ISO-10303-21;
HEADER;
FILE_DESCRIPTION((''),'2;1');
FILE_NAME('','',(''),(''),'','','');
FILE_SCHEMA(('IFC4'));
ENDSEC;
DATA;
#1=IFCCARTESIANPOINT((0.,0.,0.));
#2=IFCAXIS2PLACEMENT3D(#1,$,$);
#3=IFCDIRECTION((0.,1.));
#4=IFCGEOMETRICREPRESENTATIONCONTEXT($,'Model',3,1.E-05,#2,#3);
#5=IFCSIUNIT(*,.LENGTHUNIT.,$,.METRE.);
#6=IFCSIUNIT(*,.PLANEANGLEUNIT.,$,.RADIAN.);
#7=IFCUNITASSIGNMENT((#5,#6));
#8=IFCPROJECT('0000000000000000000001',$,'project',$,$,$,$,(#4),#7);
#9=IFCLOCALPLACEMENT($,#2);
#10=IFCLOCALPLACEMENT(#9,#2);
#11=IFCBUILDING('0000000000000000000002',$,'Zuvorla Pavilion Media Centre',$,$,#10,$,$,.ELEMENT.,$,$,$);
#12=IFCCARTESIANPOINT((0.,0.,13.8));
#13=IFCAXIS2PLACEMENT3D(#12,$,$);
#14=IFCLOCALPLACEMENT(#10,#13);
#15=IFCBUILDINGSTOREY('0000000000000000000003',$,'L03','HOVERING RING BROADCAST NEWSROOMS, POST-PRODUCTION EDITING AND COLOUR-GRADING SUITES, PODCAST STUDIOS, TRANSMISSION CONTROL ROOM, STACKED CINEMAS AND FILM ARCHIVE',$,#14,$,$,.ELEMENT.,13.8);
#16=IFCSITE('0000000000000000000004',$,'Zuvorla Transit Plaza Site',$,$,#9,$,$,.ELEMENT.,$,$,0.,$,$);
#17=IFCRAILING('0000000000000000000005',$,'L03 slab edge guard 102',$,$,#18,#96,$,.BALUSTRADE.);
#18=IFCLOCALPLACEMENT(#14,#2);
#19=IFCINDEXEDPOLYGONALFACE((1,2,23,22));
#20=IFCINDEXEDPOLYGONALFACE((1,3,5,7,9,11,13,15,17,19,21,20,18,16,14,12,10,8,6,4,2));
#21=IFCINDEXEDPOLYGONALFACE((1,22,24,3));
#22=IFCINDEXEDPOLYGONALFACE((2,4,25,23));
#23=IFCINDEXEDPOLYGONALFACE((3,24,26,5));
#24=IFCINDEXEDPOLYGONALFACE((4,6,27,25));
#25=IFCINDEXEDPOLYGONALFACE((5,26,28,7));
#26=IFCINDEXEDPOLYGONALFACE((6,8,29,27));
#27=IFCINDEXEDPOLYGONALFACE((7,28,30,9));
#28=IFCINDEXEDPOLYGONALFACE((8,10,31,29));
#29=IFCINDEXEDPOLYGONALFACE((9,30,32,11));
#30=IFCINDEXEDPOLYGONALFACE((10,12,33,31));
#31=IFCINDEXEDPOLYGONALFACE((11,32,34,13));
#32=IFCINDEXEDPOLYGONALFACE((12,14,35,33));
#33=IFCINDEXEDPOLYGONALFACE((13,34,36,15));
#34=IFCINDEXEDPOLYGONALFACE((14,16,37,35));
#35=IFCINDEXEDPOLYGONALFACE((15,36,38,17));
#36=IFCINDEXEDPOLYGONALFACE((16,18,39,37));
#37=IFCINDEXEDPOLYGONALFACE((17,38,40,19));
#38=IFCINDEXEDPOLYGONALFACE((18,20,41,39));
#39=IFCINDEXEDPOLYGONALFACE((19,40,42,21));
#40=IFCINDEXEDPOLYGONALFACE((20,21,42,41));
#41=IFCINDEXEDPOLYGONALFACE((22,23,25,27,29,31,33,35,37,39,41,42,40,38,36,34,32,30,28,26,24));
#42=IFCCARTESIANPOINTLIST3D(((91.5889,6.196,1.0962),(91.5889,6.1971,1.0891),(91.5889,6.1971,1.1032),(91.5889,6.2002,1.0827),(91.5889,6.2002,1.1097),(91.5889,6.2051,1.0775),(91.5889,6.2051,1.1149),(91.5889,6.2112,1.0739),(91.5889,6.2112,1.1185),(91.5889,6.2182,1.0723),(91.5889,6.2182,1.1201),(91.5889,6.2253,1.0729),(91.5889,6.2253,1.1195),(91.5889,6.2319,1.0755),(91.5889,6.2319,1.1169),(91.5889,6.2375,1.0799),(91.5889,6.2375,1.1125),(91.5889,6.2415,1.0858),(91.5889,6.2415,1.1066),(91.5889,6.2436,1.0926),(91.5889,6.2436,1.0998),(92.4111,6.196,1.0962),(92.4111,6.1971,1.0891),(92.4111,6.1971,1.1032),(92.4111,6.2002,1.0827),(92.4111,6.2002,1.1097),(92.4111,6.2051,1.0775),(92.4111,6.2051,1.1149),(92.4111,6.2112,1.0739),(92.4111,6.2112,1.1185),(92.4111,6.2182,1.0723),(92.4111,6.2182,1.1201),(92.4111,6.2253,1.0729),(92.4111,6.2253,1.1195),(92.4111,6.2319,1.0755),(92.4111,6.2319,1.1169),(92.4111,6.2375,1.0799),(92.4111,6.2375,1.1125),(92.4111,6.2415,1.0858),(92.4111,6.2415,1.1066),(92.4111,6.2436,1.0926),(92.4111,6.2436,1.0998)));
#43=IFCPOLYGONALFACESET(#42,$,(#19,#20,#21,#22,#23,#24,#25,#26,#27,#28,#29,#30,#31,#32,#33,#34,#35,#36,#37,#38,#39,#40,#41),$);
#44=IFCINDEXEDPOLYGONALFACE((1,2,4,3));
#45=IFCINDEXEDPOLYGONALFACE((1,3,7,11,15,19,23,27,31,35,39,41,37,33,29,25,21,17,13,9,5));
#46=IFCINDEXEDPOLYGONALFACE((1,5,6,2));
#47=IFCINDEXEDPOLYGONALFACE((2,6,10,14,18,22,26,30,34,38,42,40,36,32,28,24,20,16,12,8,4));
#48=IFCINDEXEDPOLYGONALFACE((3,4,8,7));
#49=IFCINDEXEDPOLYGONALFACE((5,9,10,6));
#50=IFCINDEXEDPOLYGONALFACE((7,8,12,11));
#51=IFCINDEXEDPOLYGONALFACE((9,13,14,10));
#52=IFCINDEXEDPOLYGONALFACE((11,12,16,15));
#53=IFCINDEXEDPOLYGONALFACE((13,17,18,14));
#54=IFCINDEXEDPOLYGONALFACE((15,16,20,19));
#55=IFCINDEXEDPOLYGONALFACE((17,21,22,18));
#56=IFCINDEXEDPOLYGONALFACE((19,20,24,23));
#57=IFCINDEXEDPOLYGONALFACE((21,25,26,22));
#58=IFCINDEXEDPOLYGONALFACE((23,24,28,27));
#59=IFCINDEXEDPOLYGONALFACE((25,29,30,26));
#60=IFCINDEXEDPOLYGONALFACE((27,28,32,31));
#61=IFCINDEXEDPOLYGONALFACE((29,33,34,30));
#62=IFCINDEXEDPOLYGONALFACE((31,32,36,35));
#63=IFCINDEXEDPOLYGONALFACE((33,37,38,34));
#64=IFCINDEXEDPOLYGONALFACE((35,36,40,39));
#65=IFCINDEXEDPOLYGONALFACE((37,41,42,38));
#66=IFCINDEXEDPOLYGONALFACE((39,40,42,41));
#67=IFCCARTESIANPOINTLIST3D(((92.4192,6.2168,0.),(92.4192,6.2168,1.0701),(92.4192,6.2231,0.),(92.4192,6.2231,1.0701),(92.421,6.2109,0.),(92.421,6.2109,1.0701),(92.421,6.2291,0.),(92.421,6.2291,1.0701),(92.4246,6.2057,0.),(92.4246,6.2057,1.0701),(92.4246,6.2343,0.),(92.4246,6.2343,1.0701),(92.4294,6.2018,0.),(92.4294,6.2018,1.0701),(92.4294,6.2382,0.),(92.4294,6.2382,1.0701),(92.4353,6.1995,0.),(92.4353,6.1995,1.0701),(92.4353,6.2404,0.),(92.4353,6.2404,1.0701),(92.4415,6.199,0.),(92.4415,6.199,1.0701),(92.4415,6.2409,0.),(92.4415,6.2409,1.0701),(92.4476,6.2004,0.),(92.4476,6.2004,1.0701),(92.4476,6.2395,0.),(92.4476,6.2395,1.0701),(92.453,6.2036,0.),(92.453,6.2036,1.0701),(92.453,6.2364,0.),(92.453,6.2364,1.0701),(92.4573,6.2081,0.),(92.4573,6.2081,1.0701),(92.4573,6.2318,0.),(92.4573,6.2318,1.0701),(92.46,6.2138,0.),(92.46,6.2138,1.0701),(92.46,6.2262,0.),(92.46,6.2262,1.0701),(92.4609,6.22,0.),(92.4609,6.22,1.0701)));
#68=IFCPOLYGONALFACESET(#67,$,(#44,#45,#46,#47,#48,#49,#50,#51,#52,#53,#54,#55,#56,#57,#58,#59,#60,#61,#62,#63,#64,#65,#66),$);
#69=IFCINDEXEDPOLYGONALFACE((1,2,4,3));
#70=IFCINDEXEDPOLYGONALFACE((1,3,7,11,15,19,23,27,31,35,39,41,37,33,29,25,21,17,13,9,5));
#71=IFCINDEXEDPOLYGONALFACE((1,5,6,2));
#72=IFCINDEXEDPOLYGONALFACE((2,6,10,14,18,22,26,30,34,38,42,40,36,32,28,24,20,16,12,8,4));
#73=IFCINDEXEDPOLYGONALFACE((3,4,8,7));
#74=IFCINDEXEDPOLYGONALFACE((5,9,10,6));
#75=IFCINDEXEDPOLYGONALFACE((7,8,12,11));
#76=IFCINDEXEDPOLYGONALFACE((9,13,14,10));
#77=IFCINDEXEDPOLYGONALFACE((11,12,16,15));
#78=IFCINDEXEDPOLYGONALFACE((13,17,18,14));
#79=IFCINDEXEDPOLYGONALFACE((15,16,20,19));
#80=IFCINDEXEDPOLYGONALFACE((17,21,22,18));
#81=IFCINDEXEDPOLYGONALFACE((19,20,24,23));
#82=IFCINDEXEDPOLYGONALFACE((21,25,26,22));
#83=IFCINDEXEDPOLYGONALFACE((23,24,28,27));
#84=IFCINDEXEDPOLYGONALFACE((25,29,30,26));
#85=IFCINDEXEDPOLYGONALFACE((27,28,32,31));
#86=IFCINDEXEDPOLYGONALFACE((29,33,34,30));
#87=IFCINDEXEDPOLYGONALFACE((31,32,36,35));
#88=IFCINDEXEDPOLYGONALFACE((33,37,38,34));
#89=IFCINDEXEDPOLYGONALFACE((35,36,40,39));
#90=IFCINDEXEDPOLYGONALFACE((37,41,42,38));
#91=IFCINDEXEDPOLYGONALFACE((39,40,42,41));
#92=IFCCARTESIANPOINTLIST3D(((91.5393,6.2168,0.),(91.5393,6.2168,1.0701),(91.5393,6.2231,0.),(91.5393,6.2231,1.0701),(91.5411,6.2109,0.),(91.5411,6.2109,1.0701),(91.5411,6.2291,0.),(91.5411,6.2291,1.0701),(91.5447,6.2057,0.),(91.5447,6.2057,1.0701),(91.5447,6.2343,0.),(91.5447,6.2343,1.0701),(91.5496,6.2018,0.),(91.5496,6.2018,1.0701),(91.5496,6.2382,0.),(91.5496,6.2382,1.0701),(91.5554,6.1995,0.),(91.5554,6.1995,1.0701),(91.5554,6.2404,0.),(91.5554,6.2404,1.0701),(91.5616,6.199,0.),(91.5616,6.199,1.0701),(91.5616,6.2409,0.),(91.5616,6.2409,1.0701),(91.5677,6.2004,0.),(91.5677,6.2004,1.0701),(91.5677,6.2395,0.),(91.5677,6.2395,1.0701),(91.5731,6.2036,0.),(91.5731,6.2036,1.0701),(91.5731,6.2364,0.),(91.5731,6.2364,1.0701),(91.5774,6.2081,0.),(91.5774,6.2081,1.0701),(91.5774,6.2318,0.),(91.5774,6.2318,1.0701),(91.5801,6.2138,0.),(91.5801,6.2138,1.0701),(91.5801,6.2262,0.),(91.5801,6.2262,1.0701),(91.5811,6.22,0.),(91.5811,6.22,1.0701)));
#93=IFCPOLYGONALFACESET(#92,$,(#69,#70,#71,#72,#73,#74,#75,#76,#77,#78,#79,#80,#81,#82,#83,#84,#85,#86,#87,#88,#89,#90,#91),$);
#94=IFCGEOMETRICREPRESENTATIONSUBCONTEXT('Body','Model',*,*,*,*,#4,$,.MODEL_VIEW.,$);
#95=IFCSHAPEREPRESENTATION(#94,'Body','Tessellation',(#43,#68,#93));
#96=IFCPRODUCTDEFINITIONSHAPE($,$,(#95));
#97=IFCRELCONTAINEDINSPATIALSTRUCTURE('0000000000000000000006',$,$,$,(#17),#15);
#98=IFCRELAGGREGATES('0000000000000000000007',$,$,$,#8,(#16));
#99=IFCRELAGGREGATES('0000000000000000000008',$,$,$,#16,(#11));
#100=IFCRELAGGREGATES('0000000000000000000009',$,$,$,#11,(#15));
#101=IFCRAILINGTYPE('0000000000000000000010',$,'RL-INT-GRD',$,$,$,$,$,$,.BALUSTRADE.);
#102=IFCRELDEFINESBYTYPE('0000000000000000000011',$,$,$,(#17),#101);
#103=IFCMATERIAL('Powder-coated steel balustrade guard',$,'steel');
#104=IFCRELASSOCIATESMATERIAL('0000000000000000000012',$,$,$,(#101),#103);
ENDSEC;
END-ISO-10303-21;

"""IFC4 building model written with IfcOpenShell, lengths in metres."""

from ifc_helpers import new_model, si_unit, direction, frame, origin, origin_2d, place, context, subcontext, project, spatial, circle, extrude, material, type_object, element, save


model = new_model("IFC4")

# Units and contexts
model_context = context("Model", 3, precision=1e-05, world=origin(), true_north=direction((0.0, 1.0)))
body_context = subcontext(model_context, "Body", "Model", "MODEL_VIEW")
ifc_project = project(units=[si_unit("LENGTHUNIT", "METRE"), si_unit("PLANEANGLEUNIT", "RADIAN")], contexts=[model_context])

# Site, building, storey
site_placement = place(None, origin())
site = spatial("IfcSite", under=ifc_project, at=site_placement, Name="Zuvorla Transit Plaza Site", CompositionType="ELEMENT", RefElevation=0.0)
building_placement = place(site_placement, origin())
building = spatial("IfcBuilding", under=site, at=building_placement, Name="Zuvorla Pavilion Media Centre", CompositionType="ELEMENT")
storey_placement = place(building_placement, frame((0.0, 0.0, 13.8)))
storey = spatial("IfcBuildingStorey", under=building, at=storey_placement, Name="L03", Description="HOVERING RING BROADCAST NEWSROOMS, POST-PRODUCTION EDITING AND COLOUR-GRADING SUITES, PODCAST STUDIOS, TRANSMISSION CONTROL ROOM, STACKED CINEMAS AND FILM ARCHIVE", CompositionType="ELEMENT", Elevation=13.8)

# Railing
ifc_material_1 = material(Name="Powder-coated steel balustrade guard", Category="steel")
railing_type_1 = type_object("IfcRailingType", Name="RL-INT-GRD", PredefinedType="BALUSTRADE", material=ifc_material_1)
railing_1_placement = place(storey_placement, frame((92.4399, 6.22, 0.0)))
element("IfcRailing", 1, at=railing_1_placement, inside=storey, type_object=railing_type_1, Name="L03 slab edge guard 102", PredefinedType="BALUSTRADE", context=body_context, shape_type="SweptSolid", body=[
    extrude(circle(Radius=0.0239, at=origin_2d()), frame((-0.0288, 0.0, 1.0962), z_axis=(-1.0, 0.0, 0.0), x_axis=(0.0, -1.0, 0.0)), (0.0, 0.0, 1.0), 0.8223),
    extrude(circle(Radius=0.021, at=origin_2d()), origin(), (0.0, 0.0, 1.0), 1.0701),
    extrude(circle(Radius=0.021, at=origin_2d()), frame((-0.8799, 0.0, 0.0)), (0.0, 0.0, 1.0), 1.0701),
])

save(model, "model.ifc")
